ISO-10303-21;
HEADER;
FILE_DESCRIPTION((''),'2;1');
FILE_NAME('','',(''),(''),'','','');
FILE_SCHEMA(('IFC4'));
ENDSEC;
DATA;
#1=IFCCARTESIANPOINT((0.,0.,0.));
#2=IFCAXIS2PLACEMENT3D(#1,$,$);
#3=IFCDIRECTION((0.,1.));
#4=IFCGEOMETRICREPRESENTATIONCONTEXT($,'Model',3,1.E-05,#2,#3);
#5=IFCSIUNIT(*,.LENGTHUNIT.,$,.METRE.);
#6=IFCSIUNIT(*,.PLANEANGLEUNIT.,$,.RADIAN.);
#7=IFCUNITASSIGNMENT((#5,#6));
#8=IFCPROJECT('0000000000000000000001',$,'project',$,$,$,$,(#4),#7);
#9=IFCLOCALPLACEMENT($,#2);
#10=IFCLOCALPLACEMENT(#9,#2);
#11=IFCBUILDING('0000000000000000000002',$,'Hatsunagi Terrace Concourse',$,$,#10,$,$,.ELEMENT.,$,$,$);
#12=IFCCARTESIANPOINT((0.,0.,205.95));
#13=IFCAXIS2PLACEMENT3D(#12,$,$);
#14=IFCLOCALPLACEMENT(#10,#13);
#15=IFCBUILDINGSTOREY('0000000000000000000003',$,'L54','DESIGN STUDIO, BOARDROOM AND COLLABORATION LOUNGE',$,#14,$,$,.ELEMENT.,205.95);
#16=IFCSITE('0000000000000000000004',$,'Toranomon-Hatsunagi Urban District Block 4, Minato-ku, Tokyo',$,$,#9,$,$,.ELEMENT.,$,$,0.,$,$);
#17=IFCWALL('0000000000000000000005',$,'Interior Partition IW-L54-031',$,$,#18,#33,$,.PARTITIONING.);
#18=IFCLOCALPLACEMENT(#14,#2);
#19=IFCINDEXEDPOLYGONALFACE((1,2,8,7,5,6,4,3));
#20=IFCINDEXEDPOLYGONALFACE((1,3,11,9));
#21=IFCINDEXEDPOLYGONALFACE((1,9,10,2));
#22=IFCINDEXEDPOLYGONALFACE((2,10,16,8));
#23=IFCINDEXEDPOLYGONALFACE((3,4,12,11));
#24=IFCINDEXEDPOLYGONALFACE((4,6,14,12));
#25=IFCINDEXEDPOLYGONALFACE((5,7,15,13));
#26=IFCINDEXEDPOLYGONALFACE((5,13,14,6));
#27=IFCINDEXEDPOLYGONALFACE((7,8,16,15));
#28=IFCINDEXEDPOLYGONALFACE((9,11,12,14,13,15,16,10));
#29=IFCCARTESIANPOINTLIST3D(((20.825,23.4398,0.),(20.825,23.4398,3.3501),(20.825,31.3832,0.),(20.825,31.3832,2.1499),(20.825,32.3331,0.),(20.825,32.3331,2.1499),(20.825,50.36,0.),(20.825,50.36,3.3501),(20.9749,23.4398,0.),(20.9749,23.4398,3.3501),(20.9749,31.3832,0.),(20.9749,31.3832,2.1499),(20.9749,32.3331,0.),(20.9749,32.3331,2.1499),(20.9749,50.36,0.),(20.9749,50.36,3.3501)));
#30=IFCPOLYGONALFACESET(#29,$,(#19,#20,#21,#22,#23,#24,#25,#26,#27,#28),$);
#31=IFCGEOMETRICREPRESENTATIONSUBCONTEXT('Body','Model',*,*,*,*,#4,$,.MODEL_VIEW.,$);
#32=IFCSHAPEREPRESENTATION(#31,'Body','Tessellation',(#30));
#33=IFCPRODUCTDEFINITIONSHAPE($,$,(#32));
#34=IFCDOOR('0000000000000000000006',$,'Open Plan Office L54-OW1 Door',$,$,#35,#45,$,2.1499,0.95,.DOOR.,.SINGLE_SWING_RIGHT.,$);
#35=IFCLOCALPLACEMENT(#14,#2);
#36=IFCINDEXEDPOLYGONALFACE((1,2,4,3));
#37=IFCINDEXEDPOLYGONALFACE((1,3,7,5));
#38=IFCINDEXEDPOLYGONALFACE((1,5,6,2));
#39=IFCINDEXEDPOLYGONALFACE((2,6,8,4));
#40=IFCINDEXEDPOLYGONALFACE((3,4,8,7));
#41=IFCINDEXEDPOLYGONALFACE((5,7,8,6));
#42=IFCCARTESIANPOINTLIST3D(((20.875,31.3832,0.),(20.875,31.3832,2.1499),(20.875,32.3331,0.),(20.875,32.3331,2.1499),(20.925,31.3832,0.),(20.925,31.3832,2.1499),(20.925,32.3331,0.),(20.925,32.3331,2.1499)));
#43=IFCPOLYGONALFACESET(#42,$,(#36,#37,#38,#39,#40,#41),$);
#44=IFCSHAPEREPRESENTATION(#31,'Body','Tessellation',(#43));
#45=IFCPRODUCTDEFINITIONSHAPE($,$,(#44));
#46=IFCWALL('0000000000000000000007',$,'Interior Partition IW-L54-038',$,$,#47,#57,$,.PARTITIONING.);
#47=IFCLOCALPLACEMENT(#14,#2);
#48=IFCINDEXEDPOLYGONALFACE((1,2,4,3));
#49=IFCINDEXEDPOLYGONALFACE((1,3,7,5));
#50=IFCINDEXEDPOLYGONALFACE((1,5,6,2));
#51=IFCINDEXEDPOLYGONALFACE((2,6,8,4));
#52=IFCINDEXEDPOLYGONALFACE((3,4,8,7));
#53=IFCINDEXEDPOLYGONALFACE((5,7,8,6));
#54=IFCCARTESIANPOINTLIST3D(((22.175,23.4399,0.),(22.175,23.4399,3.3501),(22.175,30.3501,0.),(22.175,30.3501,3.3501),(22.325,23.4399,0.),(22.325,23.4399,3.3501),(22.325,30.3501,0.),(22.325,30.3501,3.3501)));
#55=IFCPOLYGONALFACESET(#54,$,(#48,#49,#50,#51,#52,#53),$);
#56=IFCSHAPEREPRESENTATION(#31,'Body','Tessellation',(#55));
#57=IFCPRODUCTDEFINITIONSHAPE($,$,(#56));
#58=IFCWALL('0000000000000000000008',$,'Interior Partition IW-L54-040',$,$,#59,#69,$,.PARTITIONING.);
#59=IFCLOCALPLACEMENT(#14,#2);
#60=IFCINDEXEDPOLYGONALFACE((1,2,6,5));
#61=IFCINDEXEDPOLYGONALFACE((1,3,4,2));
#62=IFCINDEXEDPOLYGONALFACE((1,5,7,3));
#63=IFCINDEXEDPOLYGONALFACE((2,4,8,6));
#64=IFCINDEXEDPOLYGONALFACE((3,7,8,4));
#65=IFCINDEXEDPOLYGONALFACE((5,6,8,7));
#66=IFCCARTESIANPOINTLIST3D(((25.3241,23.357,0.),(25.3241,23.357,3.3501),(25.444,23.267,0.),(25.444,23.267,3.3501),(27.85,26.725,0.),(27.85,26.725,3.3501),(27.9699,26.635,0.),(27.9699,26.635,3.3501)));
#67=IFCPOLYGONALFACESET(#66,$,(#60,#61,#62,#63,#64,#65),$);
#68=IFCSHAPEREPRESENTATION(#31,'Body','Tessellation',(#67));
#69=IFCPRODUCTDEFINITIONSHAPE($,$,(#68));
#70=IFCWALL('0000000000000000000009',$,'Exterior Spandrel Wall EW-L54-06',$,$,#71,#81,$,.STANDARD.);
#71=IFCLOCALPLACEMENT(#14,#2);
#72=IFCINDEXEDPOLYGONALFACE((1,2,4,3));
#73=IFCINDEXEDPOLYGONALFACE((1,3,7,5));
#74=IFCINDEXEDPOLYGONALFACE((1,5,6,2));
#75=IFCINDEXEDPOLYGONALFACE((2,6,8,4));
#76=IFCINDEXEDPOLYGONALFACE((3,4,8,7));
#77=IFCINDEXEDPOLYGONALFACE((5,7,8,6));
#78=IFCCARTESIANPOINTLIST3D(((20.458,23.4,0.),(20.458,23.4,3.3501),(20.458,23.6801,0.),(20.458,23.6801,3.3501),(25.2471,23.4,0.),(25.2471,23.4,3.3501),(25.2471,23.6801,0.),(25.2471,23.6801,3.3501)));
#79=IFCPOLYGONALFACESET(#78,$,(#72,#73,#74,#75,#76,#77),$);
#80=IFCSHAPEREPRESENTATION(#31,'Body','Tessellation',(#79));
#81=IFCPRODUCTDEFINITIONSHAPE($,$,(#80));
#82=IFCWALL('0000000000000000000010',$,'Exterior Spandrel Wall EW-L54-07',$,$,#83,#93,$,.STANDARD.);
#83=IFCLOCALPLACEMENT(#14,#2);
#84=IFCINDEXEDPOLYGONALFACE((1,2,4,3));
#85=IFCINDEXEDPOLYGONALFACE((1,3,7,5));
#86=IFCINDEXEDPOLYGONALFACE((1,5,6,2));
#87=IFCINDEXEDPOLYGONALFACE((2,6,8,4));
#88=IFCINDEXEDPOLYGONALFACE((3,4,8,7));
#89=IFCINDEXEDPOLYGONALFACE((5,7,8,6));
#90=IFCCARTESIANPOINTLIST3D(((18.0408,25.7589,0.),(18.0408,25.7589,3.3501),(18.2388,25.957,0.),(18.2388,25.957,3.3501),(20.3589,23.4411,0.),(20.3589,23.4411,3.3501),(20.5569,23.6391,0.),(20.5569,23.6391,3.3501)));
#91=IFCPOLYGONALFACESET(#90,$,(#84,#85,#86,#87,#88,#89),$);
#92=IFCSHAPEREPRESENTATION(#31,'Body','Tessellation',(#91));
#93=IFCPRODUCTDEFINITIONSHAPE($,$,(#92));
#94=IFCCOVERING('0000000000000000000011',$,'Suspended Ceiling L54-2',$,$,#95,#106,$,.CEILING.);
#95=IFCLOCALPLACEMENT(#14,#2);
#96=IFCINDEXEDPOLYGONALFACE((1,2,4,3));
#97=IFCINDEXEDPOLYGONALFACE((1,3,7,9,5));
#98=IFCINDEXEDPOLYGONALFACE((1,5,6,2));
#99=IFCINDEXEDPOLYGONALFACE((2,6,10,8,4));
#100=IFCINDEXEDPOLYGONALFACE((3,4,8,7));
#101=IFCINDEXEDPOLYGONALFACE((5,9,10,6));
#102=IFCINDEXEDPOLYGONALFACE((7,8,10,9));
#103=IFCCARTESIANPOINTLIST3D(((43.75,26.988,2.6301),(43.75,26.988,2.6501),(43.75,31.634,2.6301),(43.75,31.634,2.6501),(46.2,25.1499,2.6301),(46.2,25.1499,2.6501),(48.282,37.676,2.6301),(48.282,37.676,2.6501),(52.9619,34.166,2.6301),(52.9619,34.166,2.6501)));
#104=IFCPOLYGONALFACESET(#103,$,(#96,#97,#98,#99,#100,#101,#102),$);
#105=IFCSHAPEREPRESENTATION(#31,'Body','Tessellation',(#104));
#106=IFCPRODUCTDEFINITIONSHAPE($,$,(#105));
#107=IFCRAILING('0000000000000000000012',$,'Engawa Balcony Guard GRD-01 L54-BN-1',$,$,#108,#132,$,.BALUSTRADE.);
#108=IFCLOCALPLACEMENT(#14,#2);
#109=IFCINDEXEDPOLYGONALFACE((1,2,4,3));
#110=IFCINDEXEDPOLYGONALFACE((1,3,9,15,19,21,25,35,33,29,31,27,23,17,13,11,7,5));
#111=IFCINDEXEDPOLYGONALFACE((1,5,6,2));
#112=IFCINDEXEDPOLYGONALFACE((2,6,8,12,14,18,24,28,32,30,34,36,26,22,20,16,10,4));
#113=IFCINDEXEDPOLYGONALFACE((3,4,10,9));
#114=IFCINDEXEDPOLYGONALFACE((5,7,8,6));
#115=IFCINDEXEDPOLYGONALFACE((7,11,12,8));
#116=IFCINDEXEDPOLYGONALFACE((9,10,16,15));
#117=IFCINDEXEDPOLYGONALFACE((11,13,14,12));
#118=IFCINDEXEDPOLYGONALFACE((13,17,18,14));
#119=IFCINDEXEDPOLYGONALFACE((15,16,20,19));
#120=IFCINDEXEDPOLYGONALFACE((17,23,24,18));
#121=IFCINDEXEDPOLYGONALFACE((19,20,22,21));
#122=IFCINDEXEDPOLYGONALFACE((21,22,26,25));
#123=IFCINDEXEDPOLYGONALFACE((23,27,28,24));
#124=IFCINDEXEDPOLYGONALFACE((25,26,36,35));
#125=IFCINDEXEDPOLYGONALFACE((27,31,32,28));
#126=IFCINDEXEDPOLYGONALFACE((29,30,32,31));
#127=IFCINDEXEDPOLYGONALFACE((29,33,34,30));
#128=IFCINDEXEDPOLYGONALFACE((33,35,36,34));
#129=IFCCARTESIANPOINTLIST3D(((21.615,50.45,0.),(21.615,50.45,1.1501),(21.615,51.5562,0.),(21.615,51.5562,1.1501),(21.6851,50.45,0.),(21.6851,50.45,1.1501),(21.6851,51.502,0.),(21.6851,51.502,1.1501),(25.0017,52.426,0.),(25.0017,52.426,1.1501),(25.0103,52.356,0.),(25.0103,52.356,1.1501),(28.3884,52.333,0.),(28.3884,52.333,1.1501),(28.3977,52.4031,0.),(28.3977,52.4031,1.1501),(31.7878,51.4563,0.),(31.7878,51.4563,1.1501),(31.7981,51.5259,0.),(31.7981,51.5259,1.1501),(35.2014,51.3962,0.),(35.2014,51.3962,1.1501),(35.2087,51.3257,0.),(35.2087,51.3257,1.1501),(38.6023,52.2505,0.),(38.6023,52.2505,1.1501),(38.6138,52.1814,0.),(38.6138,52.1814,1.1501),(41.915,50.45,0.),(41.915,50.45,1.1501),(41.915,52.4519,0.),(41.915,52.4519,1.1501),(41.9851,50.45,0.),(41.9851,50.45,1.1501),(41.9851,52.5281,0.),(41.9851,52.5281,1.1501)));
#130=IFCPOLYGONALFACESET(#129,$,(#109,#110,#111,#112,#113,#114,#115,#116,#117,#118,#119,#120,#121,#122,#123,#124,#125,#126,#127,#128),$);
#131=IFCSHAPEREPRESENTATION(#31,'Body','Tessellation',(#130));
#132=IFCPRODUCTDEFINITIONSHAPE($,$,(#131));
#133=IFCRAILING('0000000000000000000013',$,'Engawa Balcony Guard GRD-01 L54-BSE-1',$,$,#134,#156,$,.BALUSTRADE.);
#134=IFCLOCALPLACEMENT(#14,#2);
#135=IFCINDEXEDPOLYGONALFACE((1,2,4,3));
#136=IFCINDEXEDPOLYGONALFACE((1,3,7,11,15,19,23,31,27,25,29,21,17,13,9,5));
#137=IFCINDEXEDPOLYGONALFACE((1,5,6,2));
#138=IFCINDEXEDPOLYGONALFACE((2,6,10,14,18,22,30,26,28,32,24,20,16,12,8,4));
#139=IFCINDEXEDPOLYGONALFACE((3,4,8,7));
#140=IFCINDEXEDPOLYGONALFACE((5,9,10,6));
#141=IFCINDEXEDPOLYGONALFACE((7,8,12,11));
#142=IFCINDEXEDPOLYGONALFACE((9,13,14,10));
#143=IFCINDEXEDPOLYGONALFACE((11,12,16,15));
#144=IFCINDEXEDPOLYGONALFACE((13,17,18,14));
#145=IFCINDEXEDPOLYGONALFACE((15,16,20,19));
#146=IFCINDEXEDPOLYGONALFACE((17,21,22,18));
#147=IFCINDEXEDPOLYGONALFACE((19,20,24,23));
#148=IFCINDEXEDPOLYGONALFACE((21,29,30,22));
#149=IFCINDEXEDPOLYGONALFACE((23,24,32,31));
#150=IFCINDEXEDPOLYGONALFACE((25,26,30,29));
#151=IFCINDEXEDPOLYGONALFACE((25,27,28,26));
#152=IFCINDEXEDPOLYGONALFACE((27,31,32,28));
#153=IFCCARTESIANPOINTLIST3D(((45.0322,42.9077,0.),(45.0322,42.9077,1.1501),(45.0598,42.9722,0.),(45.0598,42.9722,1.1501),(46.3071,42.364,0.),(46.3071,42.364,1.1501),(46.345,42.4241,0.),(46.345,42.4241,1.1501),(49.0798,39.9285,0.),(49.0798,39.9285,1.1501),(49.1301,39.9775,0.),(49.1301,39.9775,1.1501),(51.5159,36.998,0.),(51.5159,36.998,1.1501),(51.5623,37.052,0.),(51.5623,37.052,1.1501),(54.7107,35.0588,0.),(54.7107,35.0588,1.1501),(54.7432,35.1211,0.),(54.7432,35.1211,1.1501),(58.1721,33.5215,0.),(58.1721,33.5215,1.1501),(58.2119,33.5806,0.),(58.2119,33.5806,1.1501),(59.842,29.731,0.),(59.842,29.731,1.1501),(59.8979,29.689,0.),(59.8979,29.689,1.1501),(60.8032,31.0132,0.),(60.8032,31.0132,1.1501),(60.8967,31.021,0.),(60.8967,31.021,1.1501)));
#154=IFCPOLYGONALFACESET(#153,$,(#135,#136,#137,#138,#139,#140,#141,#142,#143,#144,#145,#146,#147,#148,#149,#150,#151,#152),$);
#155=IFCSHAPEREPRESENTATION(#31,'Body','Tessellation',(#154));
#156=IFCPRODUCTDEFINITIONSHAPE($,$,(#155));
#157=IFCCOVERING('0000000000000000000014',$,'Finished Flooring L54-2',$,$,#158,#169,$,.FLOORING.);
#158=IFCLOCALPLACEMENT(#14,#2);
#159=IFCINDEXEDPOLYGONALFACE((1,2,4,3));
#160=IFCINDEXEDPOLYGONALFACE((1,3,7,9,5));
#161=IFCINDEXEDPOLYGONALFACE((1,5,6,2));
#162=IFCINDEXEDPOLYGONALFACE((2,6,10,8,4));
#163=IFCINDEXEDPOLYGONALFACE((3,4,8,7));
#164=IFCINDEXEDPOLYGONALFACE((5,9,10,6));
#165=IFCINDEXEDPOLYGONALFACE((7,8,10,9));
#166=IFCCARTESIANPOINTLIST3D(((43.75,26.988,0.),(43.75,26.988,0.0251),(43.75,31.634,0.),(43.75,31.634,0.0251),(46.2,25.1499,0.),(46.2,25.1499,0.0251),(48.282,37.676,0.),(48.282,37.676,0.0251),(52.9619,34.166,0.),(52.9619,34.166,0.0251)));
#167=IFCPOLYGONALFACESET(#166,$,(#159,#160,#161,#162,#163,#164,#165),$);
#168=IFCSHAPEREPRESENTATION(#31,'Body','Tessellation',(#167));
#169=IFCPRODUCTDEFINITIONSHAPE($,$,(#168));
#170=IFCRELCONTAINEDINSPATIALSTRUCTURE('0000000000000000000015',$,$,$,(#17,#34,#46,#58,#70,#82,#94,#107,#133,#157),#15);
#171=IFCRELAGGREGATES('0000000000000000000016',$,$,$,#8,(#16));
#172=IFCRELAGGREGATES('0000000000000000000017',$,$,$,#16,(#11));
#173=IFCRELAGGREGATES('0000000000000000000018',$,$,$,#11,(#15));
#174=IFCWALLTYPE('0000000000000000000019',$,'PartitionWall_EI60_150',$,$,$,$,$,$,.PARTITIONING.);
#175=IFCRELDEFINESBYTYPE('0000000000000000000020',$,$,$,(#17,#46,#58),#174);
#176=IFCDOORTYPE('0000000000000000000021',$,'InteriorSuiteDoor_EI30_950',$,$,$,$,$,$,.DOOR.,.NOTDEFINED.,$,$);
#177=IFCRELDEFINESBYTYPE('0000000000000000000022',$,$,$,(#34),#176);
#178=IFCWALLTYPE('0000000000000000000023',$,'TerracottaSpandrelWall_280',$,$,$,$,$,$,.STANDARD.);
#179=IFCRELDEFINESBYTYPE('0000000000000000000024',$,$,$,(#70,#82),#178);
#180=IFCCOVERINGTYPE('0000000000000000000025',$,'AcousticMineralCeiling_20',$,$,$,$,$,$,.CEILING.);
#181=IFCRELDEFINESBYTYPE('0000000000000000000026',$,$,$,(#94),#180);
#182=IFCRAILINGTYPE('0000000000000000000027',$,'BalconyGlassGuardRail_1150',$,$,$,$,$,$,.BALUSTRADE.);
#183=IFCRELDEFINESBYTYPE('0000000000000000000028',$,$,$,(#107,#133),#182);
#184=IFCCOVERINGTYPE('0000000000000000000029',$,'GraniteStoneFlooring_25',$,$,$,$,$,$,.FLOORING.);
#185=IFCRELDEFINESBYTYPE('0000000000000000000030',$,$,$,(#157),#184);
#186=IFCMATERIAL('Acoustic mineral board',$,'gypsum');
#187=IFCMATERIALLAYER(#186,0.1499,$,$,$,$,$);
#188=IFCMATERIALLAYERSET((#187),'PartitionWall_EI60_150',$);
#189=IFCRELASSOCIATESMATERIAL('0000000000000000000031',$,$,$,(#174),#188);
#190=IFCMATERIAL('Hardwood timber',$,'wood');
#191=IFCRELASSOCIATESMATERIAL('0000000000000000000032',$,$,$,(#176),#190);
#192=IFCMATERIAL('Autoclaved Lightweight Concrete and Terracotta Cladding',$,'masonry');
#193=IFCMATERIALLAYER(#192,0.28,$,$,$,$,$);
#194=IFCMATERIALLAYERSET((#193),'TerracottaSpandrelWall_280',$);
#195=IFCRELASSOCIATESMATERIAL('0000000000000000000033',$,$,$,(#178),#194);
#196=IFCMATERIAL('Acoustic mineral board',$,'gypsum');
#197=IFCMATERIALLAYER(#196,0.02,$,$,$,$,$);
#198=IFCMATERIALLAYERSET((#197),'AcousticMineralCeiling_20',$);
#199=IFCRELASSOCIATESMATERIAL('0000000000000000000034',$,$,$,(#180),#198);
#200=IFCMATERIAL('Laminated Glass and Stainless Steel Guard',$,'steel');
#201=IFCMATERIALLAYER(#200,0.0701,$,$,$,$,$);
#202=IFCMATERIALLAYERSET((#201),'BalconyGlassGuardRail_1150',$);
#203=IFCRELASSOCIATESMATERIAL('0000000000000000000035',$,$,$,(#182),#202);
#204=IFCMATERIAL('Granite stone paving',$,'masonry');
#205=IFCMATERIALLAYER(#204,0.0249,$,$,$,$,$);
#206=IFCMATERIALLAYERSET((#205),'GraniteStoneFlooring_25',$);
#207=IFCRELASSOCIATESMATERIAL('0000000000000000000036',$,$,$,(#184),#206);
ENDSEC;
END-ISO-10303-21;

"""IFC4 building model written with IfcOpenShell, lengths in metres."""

from ifc_helpers import new_model, si_unit, direction, frame, frame_2d, origin, place, context, subcontext, project, spatial, polyline, rectangle, outline, extrude, material, layer, layer_set, type_object, element, fill, save


model = new_model("IFC4")

# Units and contexts
model_context = context("Model", 3, precision=1e-05, world=origin(), true_north=direction((0.0, 1.0)))
body_context = subcontext(model_context, "Body", "Model", "MODEL_VIEW")
ifc_project = project(units=[si_unit("LENGTHUNIT", "METRE"), si_unit("PLANEANGLEUNIT", "RADIAN")], contexts=[model_context])

# Site, building, storey
site_placement = place(None, origin())
site = spatial("IfcSite", under=ifc_project, at=site_placement, Name="Toranomon-Hatsunagi Urban District Block 4, Minato-ku, Tokyo", CompositionType="ELEMENT", RefElevation=0.0)
building_placement = place(site_placement, origin())
building = spatial("IfcBuilding", under=site, at=building_placement, Name="Hatsunagi Terrace Concourse", CompositionType="ELEMENT")
storey_placement = place(building_placement, frame((0.0, 0.0, 205.95)))
storey = spatial("IfcBuildingStorey", under=building, at=storey_placement, Name="L54", Description="DESIGN STUDIO, BOARDROOM AND COLLABORATION LOUNGE", CompositionType="ELEMENT", Elevation=205.95)

# Shared definitions
ifc_material_1 = material(Name="Acoustic mineral board", Category="gypsum")
ifc_layer_1 = layer(ifc_material_1, 0.1499)
ifc_layer_set_1 = layer_set([ifc_layer_1], Name="PartitionWall_EI60_150")
wall_type_1 = type_object("IfcWallType", Name="PartitionWall_EI60_150", PredefinedType="PARTITIONING", material=ifc_layer_set_1)

# Wall, opening, door
wall_1_placement = place(storey_placement, frame((20.8999, 23.4399, 0.0), z_axis=(0.0, 0.0, 1.0), x_axis=(0.0, 1.0, 0.0)))
wall_1 = element("IfcWall", 1, at=wall_1_placement, inside=storey, type_object=wall_type_1, Name="Interior Partition IW-L54-031", PredefinedType="PARTITIONING", context=body_context, shape_type="SweptSolid", body=[
    extrude(rectangle(XDim=26.9202, YDim=0.1499, at=frame_2d((13.46, 0.0))), origin(), (0.0, 0.0, 1.0), 3.3501),
])
opening_placement = place(wall_1_placement, frame((7.9431, 0.0, 0.0)))
opening = element("IfcOpeningElement", 2, at=opening_placement, cuts=wall_1, PredefinedType="OPENING", context=body_context, shape_type="SweptSolid", body=[
    extrude(rectangle(XDim=0.95, YDim=2.1499, at=frame_2d((0.4751, 1.075))), frame((0.0, 0.085, 0.0), z_axis=(0.0, -1.0, 0.0), x_axis=(1.0, 0.0, 0.0)), (0.0, 0.0, 1.0), 0.1699),
])
ifc_material_2 = material(Name="Hardwood timber", Category="wood")
door_type = type_object("IfcDoorType", Name="InteriorSuiteDoor_EI30_950", OperationType="NOTDEFINED", PredefinedType="DOOR", material=ifc_material_2)
door_placement = place(opening_placement, origin())
door = element("IfcDoor", 3, at=door_placement, inside=storey, type_object=door_type, Name="Open Plan Office L54-OW1 Door", OperationType="SINGLE_SWING_RIGHT", OverallHeight=2.1499, OverallWidth=0.95, PredefinedType="DOOR", context=body_context, shape_type="SweptSolid", body=[
    extrude(rectangle(XDim=0.95, YDim=2.1499, at=frame_2d((0.4751, 1.075))), frame((0.0, 0.0249, 0.0), z_axis=(0.0, -1.0, 0.0), x_axis=(1.0, 0.0, 0.0)), (0.0, 0.0, 1.0), 0.05),
])
fill(opening, door)

# Walls
wall_2_placement = place(storey_placement, frame((22.25, 23.4399, 0.0), z_axis=(0.0, 0.0, 1.0), x_axis=(0.0, 1.0, 0.0)))
element("IfcWall", 4, at=wall_2_placement, inside=storey, type_object=wall_type_1, Name="Interior Partition IW-L54-038", PredefinedType="PARTITIONING", context=body_context, shape_type="SweptSolid", body=[
    extrude(rectangle(XDim=6.9102, YDim=0.1499, at=frame_2d((3.4551, 0.0))), origin(), (0.0, 0.0, 1.0), 3.3501),
])
wall_3_placement = place(storey_placement, frame((25.384, 23.312, 0.0), z_axis=(0.0, 0.0, 1.0), x_axis=(0.599991, 0.800007, 0.0)))
element("IfcWall", 5, at=wall_3_placement, inside=storey, type_object=wall_type_1, Name="Interior Partition IW-L54-040", PredefinedType="PARTITIONING", context=body_context, shape_type="SweptSolid", body=[
    extrude(rectangle(XDim=4.21, YDim=0.1499, at=frame_2d((2.105, 0.0))), origin(), (0.0, 0.0, 1.0), 3.3501),
])
ifc_material_3 = material(Name="Autoclaved Lightweight Concrete and Terracotta Cladding", Category="masonry")
ifc_layer_2 = layer(ifc_material_3, 0.28)
ifc_layer_set_2 = layer_set([ifc_layer_2], Name="TerracottaSpandrelWall_280")
wall_type_2 = type_object("IfcWallType", Name="TerracottaSpandrelWall_280", PredefinedType="STANDARD", material=ifc_layer_set_2)
wall_4_placement = place(storey_placement, frame((25.2471, 23.54, 0.0), z_axis=(0.0, 0.0, 1.0), x_axis=(-1.0, 0.0, 0.0)))
element("IfcWall", 6, at=wall_4_placement, inside=storey, type_object=wall_type_2, Name="Exterior Spandrel Wall EW-L54-06", PredefinedType="STANDARD", context=body_context, shape_type="SweptSolid", body=[
    extrude(rectangle(XDim=4.7891, YDim=0.28, at=frame_2d((2.3945, 0.0))), origin(), (0.0, 0.0, 1.0), 3.3501),
])
wall_5_placement = place(storey_placement, frame((20.458, 23.54, 0.0), z_axis=(0.0, 0.0, 1.0), x_axis=(-0.707144, 0.70707, 0.0)))
element("IfcWall", 7, at=wall_5_placement, inside=storey, type_object=wall_type_2, Name="Exterior Spandrel Wall EW-L54-07", PredefinedType="STANDARD", context=body_context, shape_type="SweptSolid", body=[
    extrude(rectangle(XDim=3.2781, YDim=0.28, at=frame_2d((1.6392, 0.0))), origin(), (0.0, 0.0, 1.0), 3.3501),
])

# Covering
ifc_material_4 = material(Name="Acoustic mineral board", Category="gypsum")
ifc_layer_3 = layer(ifc_material_4, 0.02)
ifc_layer_set_3 = layer_set([ifc_layer_3], Name="AcousticMineralCeiling_20")
covering_type_1 = type_object("IfcCoveringType", Name="AcousticMineralCeiling_20", PredefinedType="CEILING", material=ifc_layer_set_3)
covering_1_placement = place(storey_placement, frame((0.0, 0.0, 2.6301)))
element("IfcCovering", 8, at=covering_1_placement, inside=storey, type_object=covering_type_1, Name="Suspended Ceiling L54-2", PredefinedType="CEILING", context=body_context, shape_type="SweptSolid", body=[
    extrude(outline(polyline([(48.282, 37.676), (43.75, 31.634), (43.75, 26.988), (46.2, 25.1499), (52.9619, 34.166), (48.282, 37.676)])), origin(), (0.0, 0.0, 1.0), 0.02),
])

# Railings
ifc_material_5 = material(Name="Laminated Glass and Stainless Steel Guard", Category="steel")
ifc_layer_4 = layer(ifc_material_5, 0.0701)
ifc_layer_set_4 = layer_set([ifc_layer_4], Name="BalconyGlassGuardRail_1150")
railing_type = type_object("IfcRailingType", Name="BalconyGlassGuardRail_1150", PredefinedType="BALUSTRADE", material=ifc_layer_set_4)
railing_1_placement = place(storey_placement, origin())
element("IfcRailing", 9, at=railing_1_placement, inside=storey, type_object=railing_type, Name="Engawa Balcony Guard GRD-01 L54-BN-1", PredefinedType="BALUSTRADE", context=body_context, shape_type="SweptSolid", body=[
    extrude(outline(polyline([(21.615, 50.45), (21.6851, 50.45), (21.6851, 51.502), (25.0103, 52.356), (28.3884, 52.333), (31.7878, 51.4563), (35.2087, 51.3257), (38.6138, 52.1814), (41.915, 52.4519), (41.915, 50.45), (41.9851, 50.45), (41.9851, 52.5281), (38.6023, 52.2505), (35.2014, 51.3962), (31.7981, 51.5259), (28.3977, 52.4031), (25.0017, 52.426), (21.615, 51.5562), (21.615, 50.45)])), origin(), (0.0, 0.0, 1.0), 1.1501),
])
railing_2_placement = place(storey_placement, origin())
element("IfcRailing", 10, at=railing_2_placement, inside=storey, type_object=railing_type, Name="Engawa Balcony Guard GRD-01 L54-BSE-1", PredefinedType="BALUSTRADE", context=body_context, shape_type="SweptSolid", body=[
    extrude(outline(polyline([(45.0598, 42.9722), (45.0322, 42.9077), (46.3071, 42.364), (49.0798, 39.9285), (51.5159, 36.998), (54.7107, 35.0588), (58.1721, 33.5215), (60.8032, 31.0132), (59.842, 29.731), (59.8979, 29.689), (60.8967, 31.021), (58.2119, 33.5806), (54.7432, 35.1211), (51.5623, 37.052), (49.1301, 39.9775), (46.345, 42.4241), (45.0598, 42.9722)])), origin(), (0.0, 0.0, 1.0), 1.1501),
])

# Covering
ifc_material_6 = material(Name="Granite stone paving", Category="masonry")
ifc_layer_5 = layer(ifc_material_6, 0.0249)
ifc_layer_set_5 = layer_set([ifc_layer_5], Name="GraniteStoneFlooring_25")
covering_type_2 = type_object("IfcCoveringType", Name="GraniteStoneFlooring_25", PredefinedType="FLOORING", material=ifc_layer_set_5)
covering_2_placement = place(storey_placement, origin())
element("IfcCovering", 11, at=covering_2_placement, inside=storey, type_object=covering_type_2, Name="Finished Flooring L54-2", PredefinedType="FLOORING", context=body_context, shape_type="SweptSolid", body=[
    extrude(outline(polyline([(48.282, 37.676), (43.75, 31.634), (43.75, 26.988), (46.2, 25.1499), (52.9619, 34.166), (48.282, 37.676)])), origin(), (0.0, 0.0, 1.0), 0.0251),
])

save(model, "model.ifc")
